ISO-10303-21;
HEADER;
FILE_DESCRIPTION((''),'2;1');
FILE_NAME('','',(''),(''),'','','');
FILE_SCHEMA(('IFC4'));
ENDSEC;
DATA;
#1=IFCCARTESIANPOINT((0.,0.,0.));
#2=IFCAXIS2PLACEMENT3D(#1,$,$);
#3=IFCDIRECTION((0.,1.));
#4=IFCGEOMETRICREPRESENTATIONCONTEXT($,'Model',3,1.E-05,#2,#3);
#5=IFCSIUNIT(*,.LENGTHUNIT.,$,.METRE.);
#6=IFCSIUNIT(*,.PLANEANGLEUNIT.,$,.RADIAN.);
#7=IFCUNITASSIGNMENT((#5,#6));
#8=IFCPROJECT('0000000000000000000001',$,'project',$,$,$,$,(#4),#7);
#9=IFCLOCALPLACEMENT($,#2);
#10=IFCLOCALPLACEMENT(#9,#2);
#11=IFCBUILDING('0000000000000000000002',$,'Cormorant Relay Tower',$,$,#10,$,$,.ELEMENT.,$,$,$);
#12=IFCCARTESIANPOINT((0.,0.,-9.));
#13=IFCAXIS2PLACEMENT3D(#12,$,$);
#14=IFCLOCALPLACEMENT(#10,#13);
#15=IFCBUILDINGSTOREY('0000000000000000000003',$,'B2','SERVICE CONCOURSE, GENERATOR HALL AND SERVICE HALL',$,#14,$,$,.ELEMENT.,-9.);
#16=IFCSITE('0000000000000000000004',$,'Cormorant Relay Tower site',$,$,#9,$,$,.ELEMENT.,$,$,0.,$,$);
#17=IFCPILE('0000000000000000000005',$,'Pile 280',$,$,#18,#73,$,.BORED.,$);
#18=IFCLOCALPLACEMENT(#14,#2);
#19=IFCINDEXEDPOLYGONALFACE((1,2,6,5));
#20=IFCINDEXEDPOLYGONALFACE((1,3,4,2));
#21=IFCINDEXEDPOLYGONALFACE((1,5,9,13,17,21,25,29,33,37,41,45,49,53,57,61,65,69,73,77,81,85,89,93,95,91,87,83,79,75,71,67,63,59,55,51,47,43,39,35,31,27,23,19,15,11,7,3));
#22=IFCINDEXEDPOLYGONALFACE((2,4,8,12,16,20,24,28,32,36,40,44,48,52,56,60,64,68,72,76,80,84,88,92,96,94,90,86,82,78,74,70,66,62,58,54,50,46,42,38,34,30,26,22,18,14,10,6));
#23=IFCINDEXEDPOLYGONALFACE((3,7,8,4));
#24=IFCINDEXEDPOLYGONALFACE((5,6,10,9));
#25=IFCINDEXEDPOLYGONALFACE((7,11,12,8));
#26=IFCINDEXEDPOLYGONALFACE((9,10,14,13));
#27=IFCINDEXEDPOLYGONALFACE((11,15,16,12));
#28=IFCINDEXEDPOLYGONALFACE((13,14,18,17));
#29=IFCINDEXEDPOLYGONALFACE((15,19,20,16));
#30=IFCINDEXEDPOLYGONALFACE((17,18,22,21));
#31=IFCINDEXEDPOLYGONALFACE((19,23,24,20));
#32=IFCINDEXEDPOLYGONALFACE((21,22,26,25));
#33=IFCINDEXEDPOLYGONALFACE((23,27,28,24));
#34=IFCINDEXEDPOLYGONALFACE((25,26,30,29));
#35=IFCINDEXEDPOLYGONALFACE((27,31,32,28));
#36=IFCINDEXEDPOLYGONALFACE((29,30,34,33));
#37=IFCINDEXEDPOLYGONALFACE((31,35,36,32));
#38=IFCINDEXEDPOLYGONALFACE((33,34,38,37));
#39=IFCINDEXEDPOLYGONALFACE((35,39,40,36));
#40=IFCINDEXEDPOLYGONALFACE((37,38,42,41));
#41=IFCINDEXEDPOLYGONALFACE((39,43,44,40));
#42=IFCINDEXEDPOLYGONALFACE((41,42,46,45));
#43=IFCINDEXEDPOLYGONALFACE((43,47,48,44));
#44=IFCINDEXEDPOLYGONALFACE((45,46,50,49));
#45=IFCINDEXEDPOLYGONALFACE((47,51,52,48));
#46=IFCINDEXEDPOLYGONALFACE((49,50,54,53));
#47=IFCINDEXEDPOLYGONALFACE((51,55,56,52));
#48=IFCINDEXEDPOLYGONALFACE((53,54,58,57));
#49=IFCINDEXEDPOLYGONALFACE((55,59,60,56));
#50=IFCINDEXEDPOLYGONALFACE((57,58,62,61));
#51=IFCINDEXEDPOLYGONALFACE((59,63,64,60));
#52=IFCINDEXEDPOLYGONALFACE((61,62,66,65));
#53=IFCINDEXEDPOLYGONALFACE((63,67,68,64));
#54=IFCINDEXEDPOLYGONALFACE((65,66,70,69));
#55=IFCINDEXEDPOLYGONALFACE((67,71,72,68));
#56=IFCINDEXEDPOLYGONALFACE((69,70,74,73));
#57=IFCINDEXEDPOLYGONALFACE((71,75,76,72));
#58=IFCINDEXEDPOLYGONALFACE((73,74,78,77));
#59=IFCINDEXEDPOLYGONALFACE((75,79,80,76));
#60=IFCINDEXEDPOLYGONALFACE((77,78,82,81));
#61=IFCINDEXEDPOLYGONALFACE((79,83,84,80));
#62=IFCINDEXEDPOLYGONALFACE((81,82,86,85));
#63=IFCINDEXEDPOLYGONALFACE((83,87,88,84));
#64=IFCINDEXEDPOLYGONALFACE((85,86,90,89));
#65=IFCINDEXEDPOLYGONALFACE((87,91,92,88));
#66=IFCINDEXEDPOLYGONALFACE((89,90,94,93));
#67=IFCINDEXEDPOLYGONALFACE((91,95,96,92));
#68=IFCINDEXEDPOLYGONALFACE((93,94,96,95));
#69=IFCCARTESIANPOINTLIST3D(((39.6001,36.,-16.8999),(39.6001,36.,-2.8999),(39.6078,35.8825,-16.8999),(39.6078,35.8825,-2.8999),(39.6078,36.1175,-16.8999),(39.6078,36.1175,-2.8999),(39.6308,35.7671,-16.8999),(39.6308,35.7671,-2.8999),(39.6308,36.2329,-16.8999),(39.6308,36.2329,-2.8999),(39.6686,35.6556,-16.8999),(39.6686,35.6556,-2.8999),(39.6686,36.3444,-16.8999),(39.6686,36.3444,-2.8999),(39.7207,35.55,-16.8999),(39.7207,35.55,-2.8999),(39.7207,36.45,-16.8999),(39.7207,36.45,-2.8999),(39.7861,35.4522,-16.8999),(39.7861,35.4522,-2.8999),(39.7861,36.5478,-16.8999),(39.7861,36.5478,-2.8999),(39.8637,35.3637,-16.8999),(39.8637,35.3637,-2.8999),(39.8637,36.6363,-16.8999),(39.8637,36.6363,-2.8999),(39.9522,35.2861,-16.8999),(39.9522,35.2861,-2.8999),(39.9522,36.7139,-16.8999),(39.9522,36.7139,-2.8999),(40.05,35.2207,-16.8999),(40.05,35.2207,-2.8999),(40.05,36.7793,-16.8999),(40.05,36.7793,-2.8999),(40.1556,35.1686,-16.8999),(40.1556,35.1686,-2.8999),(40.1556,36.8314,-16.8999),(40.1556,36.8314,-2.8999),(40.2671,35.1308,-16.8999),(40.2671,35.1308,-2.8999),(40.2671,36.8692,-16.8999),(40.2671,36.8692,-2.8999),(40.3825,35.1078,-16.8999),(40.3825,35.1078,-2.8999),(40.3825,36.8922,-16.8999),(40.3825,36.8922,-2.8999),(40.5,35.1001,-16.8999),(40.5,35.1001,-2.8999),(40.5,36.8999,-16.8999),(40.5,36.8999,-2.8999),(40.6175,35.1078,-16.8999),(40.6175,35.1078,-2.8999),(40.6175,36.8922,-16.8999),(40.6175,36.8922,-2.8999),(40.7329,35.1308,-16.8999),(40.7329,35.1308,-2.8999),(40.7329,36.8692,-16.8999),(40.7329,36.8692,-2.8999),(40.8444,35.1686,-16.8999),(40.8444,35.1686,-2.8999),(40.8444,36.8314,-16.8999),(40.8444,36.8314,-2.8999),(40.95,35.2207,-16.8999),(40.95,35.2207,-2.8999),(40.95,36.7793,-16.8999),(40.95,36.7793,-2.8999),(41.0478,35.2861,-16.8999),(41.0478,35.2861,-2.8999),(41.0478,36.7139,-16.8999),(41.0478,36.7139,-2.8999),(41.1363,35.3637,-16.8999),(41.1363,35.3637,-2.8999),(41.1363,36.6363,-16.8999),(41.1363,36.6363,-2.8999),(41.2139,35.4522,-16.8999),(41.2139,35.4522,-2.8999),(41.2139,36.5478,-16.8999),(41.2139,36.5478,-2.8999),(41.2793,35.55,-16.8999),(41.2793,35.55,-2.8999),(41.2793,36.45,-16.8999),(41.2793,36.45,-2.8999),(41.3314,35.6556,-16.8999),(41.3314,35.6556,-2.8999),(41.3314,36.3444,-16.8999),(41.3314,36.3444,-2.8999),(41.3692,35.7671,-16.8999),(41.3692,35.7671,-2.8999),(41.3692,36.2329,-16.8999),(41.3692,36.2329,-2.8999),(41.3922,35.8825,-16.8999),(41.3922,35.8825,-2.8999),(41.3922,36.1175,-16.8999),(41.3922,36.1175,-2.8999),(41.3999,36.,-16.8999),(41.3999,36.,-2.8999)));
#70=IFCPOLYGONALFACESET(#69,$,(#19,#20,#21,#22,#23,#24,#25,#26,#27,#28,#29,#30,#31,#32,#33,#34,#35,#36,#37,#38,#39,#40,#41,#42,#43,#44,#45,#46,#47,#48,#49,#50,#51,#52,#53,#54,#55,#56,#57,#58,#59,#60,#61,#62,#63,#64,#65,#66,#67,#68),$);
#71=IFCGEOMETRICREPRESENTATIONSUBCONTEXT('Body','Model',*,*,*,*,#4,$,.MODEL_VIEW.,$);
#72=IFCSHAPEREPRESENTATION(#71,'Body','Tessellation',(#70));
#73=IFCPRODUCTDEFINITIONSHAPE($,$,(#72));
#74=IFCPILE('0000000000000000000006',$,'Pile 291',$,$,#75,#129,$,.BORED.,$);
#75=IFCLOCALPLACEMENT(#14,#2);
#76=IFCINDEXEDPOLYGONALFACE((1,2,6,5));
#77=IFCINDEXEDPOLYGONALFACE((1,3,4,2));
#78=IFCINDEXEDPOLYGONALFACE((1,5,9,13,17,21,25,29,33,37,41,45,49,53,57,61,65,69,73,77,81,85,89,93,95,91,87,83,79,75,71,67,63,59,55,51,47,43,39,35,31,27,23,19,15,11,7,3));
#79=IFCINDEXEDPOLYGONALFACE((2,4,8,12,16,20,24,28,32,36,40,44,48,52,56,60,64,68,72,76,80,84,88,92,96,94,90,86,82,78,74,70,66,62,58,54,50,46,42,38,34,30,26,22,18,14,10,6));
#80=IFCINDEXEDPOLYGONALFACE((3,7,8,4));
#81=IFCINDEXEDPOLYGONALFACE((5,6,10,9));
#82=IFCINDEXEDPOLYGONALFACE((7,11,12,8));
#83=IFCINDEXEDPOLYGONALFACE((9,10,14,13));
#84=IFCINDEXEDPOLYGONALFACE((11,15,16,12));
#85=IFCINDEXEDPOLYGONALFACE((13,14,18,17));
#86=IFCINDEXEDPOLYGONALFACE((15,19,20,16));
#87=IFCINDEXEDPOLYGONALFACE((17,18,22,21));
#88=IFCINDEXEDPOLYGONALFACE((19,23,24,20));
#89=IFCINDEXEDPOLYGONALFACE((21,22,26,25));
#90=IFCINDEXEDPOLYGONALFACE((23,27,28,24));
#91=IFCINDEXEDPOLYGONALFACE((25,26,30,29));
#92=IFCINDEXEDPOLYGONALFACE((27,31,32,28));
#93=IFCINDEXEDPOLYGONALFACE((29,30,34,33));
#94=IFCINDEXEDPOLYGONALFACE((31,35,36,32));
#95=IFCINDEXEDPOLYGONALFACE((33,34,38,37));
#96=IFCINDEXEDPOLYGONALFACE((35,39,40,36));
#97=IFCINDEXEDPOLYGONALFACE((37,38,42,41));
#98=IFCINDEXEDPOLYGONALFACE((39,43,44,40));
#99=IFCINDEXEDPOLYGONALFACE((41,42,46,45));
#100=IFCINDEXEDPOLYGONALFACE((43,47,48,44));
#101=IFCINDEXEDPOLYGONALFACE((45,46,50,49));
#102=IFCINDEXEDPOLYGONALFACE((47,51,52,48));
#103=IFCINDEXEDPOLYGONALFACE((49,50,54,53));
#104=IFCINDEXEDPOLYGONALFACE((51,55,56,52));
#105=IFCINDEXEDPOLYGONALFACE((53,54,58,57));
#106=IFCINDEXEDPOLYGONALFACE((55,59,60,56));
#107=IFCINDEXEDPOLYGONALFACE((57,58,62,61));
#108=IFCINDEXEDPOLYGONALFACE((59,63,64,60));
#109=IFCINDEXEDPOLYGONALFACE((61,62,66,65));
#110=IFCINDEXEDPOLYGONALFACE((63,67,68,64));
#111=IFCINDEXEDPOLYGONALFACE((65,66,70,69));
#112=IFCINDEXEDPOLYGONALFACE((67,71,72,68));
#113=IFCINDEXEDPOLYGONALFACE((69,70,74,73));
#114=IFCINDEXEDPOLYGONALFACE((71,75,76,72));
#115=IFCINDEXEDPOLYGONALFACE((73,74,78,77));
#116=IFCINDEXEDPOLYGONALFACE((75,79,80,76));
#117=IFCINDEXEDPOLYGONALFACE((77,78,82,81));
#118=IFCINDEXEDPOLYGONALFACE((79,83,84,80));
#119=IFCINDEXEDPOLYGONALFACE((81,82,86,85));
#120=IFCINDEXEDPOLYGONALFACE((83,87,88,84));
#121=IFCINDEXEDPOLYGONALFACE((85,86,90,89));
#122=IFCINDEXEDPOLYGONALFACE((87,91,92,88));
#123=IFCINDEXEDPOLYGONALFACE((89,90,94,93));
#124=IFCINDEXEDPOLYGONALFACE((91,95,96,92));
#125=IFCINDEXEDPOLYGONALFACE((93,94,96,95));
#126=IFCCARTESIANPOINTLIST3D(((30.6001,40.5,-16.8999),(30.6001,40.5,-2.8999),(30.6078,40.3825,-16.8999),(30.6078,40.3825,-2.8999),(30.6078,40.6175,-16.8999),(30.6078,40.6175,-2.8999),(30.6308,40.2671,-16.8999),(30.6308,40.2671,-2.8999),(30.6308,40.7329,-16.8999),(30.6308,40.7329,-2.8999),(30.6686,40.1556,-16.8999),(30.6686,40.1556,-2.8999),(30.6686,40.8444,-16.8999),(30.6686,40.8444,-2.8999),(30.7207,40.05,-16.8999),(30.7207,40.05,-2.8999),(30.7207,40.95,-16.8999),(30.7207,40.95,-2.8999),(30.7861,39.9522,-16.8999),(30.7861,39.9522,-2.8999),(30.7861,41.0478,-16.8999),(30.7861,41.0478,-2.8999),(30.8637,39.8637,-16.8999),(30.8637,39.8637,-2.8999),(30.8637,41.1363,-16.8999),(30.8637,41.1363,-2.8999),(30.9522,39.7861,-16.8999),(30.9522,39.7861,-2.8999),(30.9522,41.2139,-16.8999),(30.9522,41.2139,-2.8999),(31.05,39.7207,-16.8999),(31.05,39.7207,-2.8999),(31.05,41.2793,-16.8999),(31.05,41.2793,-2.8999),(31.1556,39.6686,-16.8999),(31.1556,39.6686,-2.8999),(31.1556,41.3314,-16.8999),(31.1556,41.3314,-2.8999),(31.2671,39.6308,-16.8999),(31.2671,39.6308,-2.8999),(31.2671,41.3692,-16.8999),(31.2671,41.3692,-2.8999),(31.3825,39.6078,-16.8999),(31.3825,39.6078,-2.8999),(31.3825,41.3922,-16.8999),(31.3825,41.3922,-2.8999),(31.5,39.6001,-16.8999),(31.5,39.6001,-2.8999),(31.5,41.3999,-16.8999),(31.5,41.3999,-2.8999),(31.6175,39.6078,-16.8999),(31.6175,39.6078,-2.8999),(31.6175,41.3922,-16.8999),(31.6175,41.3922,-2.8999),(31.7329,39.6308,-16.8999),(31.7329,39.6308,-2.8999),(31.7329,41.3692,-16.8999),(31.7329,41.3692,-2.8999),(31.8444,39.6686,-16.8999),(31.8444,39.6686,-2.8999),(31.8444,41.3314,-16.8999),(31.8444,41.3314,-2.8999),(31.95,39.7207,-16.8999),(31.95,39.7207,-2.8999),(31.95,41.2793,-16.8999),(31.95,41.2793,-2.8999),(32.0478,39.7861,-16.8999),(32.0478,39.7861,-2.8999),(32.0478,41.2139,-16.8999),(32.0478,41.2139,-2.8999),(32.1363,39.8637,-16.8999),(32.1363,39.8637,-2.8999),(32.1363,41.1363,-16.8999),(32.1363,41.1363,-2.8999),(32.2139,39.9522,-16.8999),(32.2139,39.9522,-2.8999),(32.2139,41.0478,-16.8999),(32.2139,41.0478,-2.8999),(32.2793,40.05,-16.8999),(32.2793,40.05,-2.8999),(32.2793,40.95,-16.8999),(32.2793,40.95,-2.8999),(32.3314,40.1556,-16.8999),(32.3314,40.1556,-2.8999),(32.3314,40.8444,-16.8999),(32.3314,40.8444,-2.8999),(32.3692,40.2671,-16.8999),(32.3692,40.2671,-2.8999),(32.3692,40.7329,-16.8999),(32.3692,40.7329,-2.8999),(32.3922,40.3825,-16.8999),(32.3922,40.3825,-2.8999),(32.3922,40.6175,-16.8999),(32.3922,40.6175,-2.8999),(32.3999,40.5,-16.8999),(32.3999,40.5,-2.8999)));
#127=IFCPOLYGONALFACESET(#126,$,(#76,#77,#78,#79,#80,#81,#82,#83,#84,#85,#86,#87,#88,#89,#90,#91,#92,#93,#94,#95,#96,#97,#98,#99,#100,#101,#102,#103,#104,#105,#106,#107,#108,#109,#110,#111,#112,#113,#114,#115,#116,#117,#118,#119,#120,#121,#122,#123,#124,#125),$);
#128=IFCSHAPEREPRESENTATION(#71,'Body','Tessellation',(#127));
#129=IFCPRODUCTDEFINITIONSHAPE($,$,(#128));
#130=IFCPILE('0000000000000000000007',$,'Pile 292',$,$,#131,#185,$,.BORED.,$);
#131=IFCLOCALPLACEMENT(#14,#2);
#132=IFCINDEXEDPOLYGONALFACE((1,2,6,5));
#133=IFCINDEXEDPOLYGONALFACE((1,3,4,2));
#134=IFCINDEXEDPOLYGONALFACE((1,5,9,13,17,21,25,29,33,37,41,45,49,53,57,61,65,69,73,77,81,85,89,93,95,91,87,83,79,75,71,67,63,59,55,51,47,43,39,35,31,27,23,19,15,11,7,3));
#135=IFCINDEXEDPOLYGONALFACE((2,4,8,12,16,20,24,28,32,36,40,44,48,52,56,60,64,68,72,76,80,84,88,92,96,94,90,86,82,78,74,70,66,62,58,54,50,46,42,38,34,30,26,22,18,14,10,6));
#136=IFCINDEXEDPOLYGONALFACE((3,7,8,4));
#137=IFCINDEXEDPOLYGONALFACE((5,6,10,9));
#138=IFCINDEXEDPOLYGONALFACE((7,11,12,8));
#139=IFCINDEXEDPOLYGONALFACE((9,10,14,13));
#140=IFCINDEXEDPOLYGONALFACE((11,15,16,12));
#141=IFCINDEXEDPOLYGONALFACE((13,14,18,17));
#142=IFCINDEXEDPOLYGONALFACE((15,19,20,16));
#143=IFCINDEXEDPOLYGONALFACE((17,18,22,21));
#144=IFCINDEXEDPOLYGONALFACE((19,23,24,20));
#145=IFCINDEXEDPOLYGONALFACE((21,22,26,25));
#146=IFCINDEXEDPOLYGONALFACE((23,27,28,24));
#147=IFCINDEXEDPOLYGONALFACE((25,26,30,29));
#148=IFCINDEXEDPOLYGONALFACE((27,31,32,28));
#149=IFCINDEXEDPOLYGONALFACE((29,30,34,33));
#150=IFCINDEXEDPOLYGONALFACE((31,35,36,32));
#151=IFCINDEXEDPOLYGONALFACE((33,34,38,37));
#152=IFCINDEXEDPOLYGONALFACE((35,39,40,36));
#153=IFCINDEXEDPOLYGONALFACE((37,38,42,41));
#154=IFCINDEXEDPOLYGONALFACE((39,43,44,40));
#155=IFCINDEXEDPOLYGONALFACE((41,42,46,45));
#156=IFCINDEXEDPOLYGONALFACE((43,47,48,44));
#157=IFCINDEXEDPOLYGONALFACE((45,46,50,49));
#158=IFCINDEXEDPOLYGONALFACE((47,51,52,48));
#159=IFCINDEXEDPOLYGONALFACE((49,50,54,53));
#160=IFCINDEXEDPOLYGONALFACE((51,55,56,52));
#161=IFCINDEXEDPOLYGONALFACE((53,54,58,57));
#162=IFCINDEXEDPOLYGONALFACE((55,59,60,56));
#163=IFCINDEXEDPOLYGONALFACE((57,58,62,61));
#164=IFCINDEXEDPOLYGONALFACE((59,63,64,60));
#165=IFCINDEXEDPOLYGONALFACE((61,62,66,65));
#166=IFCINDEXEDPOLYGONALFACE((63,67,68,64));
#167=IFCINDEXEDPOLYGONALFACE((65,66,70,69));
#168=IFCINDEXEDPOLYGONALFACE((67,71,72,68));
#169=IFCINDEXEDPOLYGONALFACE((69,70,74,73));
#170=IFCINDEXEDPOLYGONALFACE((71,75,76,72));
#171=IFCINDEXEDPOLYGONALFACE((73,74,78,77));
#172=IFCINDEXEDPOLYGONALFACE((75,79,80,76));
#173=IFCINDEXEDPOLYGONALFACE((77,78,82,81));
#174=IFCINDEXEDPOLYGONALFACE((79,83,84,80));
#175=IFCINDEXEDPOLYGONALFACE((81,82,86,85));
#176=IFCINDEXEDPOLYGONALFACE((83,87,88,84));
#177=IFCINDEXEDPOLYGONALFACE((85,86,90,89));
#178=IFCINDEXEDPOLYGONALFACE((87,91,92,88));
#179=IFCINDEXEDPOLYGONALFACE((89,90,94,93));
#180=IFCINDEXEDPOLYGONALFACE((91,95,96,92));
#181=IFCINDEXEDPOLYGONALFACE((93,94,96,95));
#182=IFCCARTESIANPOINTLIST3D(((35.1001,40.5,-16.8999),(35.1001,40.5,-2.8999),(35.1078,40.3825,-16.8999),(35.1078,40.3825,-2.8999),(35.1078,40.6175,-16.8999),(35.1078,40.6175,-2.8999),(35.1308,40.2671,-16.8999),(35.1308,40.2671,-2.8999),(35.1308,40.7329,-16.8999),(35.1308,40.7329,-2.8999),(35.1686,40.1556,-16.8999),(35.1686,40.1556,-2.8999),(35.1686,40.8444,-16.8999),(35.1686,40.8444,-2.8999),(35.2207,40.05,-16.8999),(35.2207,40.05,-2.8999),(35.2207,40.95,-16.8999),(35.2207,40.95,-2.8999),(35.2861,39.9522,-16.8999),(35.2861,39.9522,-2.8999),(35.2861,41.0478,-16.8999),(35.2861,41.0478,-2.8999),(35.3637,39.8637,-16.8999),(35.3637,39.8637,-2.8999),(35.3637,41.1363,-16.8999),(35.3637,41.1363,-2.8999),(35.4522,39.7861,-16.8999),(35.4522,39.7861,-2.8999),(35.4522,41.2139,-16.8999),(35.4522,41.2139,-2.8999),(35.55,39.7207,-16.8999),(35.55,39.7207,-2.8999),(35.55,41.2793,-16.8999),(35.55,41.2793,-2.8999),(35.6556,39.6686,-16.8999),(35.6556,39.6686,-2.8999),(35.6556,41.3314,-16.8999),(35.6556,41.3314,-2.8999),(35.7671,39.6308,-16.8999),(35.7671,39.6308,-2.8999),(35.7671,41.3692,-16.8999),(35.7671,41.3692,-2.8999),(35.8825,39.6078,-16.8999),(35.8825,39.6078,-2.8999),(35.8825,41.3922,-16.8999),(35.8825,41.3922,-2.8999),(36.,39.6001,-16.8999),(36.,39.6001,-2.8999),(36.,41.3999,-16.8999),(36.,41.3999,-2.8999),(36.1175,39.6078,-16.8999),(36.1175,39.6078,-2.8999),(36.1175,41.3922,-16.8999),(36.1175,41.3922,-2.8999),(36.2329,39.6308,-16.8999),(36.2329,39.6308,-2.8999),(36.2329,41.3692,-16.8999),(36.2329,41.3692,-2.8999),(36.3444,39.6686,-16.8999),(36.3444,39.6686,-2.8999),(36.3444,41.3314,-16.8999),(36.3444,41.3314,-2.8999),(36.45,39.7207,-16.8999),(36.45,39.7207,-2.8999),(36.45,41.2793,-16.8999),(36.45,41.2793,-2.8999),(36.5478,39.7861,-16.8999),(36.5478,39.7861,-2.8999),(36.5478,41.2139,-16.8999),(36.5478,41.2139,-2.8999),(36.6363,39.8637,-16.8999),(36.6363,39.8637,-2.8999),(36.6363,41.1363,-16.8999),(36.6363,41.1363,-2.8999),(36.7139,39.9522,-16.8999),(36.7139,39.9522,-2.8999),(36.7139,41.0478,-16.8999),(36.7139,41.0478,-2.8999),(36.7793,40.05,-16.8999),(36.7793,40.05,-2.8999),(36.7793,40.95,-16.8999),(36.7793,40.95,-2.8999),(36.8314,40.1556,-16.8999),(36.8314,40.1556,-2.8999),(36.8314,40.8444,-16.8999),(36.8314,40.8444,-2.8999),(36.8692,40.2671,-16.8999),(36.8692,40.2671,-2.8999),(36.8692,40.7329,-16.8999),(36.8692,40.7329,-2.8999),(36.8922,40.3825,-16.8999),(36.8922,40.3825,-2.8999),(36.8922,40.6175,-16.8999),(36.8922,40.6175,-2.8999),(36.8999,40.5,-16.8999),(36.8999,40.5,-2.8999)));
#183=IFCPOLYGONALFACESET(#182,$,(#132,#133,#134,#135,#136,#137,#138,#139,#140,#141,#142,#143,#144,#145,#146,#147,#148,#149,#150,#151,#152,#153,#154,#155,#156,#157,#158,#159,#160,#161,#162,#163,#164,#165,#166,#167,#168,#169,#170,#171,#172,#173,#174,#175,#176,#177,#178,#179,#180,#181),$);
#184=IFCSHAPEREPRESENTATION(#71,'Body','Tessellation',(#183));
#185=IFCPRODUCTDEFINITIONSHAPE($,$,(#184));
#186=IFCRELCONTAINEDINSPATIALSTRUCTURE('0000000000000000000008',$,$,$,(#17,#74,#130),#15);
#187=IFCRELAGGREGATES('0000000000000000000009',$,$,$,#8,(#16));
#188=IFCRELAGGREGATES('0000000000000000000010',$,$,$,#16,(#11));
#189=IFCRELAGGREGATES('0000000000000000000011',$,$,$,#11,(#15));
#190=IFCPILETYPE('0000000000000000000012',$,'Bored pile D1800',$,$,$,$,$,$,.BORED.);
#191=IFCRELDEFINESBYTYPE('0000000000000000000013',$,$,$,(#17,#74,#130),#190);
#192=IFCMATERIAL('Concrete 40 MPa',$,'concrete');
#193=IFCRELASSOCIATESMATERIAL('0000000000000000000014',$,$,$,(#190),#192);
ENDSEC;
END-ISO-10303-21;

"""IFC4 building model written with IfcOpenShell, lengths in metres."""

from ifc_helpers import new_model, si_unit, direction, frame, origin, origin_2d, place, context, subcontext, project, spatial, circle, extrude, material, material_profile, profile_set, type_object, element, save


model = new_model("IFC4")

# Units and contexts
model_context = context("Model", 3, precision=1e-05, world=origin(), true_north=direction((0.0, 1.0)))
body_context = subcontext(model_context, "Body", "Model", "MODEL_VIEW")
ifc_project = project(units=[si_unit("LENGTHUNIT", "METRE"), si_unit("PLANEANGLEUNIT", "RADIAN")], contexts=[model_context])

# Site, building, storey
site_placement = place(None, origin())
site = spatial("IfcSite", under=ifc_project, at=site_placement, Name="Cormorant Relay Tower site", CompositionType="ELEMENT", RefElevation=0.0)
building_placement = place(site_placement, origin())
building = spatial("IfcBuilding", under=site, at=building_placement, Name="Cormorant Relay Tower", CompositionType="ELEMENT")
storey_placement = place(building_placement, frame((0.0, 0.0, -9.0)))
storey = spatial("IfcBuildingStorey", under=building, at=storey_placement, Name="B2", Description="SERVICE CONCOURSE, GENERATOR HALL AND SERVICE HALL", CompositionType="ELEMENT", Elevation=-9.0)

# Piles
ifc_material_1 = material(Name="Concrete 40 MPa", Category="concrete")
ifc_material_profile_1 = material_profile(ifc_material_1, circle(Radius=0.8999, at=origin_2d()), Name="BP1800")
ifc_profile_set_1 = profile_set([ifc_material_profile_1], Name="Concrete 40 MPa")
pile_type = type_object("IfcPileType", Name="Bored pile D1800", PredefinedType="BORED", material=ifc_profile_set_1)
for number, where, z_axis, x_axis, name in (
    (1, (40.5, 36.0, -2.8999), (0.0, 0.0, -1.0), (1.0, 0.0, 0.0), "Pile 280"),
    (2, (31.5, 40.5, -2.8999), (0.0, 0.0, -1.0), (1.0, 0.0, 0.0), "Pile 291"),
    (3, (36.0, 40.5, -2.8999), (0.0, 0.0, -1.0), (1.0, 0.0, 0.0), "Pile 292"),
):
    element("IfcPile", number, at=place(storey_placement, frame(where, z_axis=z_axis, x_axis=x_axis)), inside=storey, type_object=pile_type, Name=name, PredefinedType="BORED", context=body_context, shape_type="SweptSolid", body=[
        extrude(circle(Radius=0.8999, at=origin_2d()), origin(), (0.0, 0.0, 1.0), 14.0),
    ])

save(model, "model.ifc")
